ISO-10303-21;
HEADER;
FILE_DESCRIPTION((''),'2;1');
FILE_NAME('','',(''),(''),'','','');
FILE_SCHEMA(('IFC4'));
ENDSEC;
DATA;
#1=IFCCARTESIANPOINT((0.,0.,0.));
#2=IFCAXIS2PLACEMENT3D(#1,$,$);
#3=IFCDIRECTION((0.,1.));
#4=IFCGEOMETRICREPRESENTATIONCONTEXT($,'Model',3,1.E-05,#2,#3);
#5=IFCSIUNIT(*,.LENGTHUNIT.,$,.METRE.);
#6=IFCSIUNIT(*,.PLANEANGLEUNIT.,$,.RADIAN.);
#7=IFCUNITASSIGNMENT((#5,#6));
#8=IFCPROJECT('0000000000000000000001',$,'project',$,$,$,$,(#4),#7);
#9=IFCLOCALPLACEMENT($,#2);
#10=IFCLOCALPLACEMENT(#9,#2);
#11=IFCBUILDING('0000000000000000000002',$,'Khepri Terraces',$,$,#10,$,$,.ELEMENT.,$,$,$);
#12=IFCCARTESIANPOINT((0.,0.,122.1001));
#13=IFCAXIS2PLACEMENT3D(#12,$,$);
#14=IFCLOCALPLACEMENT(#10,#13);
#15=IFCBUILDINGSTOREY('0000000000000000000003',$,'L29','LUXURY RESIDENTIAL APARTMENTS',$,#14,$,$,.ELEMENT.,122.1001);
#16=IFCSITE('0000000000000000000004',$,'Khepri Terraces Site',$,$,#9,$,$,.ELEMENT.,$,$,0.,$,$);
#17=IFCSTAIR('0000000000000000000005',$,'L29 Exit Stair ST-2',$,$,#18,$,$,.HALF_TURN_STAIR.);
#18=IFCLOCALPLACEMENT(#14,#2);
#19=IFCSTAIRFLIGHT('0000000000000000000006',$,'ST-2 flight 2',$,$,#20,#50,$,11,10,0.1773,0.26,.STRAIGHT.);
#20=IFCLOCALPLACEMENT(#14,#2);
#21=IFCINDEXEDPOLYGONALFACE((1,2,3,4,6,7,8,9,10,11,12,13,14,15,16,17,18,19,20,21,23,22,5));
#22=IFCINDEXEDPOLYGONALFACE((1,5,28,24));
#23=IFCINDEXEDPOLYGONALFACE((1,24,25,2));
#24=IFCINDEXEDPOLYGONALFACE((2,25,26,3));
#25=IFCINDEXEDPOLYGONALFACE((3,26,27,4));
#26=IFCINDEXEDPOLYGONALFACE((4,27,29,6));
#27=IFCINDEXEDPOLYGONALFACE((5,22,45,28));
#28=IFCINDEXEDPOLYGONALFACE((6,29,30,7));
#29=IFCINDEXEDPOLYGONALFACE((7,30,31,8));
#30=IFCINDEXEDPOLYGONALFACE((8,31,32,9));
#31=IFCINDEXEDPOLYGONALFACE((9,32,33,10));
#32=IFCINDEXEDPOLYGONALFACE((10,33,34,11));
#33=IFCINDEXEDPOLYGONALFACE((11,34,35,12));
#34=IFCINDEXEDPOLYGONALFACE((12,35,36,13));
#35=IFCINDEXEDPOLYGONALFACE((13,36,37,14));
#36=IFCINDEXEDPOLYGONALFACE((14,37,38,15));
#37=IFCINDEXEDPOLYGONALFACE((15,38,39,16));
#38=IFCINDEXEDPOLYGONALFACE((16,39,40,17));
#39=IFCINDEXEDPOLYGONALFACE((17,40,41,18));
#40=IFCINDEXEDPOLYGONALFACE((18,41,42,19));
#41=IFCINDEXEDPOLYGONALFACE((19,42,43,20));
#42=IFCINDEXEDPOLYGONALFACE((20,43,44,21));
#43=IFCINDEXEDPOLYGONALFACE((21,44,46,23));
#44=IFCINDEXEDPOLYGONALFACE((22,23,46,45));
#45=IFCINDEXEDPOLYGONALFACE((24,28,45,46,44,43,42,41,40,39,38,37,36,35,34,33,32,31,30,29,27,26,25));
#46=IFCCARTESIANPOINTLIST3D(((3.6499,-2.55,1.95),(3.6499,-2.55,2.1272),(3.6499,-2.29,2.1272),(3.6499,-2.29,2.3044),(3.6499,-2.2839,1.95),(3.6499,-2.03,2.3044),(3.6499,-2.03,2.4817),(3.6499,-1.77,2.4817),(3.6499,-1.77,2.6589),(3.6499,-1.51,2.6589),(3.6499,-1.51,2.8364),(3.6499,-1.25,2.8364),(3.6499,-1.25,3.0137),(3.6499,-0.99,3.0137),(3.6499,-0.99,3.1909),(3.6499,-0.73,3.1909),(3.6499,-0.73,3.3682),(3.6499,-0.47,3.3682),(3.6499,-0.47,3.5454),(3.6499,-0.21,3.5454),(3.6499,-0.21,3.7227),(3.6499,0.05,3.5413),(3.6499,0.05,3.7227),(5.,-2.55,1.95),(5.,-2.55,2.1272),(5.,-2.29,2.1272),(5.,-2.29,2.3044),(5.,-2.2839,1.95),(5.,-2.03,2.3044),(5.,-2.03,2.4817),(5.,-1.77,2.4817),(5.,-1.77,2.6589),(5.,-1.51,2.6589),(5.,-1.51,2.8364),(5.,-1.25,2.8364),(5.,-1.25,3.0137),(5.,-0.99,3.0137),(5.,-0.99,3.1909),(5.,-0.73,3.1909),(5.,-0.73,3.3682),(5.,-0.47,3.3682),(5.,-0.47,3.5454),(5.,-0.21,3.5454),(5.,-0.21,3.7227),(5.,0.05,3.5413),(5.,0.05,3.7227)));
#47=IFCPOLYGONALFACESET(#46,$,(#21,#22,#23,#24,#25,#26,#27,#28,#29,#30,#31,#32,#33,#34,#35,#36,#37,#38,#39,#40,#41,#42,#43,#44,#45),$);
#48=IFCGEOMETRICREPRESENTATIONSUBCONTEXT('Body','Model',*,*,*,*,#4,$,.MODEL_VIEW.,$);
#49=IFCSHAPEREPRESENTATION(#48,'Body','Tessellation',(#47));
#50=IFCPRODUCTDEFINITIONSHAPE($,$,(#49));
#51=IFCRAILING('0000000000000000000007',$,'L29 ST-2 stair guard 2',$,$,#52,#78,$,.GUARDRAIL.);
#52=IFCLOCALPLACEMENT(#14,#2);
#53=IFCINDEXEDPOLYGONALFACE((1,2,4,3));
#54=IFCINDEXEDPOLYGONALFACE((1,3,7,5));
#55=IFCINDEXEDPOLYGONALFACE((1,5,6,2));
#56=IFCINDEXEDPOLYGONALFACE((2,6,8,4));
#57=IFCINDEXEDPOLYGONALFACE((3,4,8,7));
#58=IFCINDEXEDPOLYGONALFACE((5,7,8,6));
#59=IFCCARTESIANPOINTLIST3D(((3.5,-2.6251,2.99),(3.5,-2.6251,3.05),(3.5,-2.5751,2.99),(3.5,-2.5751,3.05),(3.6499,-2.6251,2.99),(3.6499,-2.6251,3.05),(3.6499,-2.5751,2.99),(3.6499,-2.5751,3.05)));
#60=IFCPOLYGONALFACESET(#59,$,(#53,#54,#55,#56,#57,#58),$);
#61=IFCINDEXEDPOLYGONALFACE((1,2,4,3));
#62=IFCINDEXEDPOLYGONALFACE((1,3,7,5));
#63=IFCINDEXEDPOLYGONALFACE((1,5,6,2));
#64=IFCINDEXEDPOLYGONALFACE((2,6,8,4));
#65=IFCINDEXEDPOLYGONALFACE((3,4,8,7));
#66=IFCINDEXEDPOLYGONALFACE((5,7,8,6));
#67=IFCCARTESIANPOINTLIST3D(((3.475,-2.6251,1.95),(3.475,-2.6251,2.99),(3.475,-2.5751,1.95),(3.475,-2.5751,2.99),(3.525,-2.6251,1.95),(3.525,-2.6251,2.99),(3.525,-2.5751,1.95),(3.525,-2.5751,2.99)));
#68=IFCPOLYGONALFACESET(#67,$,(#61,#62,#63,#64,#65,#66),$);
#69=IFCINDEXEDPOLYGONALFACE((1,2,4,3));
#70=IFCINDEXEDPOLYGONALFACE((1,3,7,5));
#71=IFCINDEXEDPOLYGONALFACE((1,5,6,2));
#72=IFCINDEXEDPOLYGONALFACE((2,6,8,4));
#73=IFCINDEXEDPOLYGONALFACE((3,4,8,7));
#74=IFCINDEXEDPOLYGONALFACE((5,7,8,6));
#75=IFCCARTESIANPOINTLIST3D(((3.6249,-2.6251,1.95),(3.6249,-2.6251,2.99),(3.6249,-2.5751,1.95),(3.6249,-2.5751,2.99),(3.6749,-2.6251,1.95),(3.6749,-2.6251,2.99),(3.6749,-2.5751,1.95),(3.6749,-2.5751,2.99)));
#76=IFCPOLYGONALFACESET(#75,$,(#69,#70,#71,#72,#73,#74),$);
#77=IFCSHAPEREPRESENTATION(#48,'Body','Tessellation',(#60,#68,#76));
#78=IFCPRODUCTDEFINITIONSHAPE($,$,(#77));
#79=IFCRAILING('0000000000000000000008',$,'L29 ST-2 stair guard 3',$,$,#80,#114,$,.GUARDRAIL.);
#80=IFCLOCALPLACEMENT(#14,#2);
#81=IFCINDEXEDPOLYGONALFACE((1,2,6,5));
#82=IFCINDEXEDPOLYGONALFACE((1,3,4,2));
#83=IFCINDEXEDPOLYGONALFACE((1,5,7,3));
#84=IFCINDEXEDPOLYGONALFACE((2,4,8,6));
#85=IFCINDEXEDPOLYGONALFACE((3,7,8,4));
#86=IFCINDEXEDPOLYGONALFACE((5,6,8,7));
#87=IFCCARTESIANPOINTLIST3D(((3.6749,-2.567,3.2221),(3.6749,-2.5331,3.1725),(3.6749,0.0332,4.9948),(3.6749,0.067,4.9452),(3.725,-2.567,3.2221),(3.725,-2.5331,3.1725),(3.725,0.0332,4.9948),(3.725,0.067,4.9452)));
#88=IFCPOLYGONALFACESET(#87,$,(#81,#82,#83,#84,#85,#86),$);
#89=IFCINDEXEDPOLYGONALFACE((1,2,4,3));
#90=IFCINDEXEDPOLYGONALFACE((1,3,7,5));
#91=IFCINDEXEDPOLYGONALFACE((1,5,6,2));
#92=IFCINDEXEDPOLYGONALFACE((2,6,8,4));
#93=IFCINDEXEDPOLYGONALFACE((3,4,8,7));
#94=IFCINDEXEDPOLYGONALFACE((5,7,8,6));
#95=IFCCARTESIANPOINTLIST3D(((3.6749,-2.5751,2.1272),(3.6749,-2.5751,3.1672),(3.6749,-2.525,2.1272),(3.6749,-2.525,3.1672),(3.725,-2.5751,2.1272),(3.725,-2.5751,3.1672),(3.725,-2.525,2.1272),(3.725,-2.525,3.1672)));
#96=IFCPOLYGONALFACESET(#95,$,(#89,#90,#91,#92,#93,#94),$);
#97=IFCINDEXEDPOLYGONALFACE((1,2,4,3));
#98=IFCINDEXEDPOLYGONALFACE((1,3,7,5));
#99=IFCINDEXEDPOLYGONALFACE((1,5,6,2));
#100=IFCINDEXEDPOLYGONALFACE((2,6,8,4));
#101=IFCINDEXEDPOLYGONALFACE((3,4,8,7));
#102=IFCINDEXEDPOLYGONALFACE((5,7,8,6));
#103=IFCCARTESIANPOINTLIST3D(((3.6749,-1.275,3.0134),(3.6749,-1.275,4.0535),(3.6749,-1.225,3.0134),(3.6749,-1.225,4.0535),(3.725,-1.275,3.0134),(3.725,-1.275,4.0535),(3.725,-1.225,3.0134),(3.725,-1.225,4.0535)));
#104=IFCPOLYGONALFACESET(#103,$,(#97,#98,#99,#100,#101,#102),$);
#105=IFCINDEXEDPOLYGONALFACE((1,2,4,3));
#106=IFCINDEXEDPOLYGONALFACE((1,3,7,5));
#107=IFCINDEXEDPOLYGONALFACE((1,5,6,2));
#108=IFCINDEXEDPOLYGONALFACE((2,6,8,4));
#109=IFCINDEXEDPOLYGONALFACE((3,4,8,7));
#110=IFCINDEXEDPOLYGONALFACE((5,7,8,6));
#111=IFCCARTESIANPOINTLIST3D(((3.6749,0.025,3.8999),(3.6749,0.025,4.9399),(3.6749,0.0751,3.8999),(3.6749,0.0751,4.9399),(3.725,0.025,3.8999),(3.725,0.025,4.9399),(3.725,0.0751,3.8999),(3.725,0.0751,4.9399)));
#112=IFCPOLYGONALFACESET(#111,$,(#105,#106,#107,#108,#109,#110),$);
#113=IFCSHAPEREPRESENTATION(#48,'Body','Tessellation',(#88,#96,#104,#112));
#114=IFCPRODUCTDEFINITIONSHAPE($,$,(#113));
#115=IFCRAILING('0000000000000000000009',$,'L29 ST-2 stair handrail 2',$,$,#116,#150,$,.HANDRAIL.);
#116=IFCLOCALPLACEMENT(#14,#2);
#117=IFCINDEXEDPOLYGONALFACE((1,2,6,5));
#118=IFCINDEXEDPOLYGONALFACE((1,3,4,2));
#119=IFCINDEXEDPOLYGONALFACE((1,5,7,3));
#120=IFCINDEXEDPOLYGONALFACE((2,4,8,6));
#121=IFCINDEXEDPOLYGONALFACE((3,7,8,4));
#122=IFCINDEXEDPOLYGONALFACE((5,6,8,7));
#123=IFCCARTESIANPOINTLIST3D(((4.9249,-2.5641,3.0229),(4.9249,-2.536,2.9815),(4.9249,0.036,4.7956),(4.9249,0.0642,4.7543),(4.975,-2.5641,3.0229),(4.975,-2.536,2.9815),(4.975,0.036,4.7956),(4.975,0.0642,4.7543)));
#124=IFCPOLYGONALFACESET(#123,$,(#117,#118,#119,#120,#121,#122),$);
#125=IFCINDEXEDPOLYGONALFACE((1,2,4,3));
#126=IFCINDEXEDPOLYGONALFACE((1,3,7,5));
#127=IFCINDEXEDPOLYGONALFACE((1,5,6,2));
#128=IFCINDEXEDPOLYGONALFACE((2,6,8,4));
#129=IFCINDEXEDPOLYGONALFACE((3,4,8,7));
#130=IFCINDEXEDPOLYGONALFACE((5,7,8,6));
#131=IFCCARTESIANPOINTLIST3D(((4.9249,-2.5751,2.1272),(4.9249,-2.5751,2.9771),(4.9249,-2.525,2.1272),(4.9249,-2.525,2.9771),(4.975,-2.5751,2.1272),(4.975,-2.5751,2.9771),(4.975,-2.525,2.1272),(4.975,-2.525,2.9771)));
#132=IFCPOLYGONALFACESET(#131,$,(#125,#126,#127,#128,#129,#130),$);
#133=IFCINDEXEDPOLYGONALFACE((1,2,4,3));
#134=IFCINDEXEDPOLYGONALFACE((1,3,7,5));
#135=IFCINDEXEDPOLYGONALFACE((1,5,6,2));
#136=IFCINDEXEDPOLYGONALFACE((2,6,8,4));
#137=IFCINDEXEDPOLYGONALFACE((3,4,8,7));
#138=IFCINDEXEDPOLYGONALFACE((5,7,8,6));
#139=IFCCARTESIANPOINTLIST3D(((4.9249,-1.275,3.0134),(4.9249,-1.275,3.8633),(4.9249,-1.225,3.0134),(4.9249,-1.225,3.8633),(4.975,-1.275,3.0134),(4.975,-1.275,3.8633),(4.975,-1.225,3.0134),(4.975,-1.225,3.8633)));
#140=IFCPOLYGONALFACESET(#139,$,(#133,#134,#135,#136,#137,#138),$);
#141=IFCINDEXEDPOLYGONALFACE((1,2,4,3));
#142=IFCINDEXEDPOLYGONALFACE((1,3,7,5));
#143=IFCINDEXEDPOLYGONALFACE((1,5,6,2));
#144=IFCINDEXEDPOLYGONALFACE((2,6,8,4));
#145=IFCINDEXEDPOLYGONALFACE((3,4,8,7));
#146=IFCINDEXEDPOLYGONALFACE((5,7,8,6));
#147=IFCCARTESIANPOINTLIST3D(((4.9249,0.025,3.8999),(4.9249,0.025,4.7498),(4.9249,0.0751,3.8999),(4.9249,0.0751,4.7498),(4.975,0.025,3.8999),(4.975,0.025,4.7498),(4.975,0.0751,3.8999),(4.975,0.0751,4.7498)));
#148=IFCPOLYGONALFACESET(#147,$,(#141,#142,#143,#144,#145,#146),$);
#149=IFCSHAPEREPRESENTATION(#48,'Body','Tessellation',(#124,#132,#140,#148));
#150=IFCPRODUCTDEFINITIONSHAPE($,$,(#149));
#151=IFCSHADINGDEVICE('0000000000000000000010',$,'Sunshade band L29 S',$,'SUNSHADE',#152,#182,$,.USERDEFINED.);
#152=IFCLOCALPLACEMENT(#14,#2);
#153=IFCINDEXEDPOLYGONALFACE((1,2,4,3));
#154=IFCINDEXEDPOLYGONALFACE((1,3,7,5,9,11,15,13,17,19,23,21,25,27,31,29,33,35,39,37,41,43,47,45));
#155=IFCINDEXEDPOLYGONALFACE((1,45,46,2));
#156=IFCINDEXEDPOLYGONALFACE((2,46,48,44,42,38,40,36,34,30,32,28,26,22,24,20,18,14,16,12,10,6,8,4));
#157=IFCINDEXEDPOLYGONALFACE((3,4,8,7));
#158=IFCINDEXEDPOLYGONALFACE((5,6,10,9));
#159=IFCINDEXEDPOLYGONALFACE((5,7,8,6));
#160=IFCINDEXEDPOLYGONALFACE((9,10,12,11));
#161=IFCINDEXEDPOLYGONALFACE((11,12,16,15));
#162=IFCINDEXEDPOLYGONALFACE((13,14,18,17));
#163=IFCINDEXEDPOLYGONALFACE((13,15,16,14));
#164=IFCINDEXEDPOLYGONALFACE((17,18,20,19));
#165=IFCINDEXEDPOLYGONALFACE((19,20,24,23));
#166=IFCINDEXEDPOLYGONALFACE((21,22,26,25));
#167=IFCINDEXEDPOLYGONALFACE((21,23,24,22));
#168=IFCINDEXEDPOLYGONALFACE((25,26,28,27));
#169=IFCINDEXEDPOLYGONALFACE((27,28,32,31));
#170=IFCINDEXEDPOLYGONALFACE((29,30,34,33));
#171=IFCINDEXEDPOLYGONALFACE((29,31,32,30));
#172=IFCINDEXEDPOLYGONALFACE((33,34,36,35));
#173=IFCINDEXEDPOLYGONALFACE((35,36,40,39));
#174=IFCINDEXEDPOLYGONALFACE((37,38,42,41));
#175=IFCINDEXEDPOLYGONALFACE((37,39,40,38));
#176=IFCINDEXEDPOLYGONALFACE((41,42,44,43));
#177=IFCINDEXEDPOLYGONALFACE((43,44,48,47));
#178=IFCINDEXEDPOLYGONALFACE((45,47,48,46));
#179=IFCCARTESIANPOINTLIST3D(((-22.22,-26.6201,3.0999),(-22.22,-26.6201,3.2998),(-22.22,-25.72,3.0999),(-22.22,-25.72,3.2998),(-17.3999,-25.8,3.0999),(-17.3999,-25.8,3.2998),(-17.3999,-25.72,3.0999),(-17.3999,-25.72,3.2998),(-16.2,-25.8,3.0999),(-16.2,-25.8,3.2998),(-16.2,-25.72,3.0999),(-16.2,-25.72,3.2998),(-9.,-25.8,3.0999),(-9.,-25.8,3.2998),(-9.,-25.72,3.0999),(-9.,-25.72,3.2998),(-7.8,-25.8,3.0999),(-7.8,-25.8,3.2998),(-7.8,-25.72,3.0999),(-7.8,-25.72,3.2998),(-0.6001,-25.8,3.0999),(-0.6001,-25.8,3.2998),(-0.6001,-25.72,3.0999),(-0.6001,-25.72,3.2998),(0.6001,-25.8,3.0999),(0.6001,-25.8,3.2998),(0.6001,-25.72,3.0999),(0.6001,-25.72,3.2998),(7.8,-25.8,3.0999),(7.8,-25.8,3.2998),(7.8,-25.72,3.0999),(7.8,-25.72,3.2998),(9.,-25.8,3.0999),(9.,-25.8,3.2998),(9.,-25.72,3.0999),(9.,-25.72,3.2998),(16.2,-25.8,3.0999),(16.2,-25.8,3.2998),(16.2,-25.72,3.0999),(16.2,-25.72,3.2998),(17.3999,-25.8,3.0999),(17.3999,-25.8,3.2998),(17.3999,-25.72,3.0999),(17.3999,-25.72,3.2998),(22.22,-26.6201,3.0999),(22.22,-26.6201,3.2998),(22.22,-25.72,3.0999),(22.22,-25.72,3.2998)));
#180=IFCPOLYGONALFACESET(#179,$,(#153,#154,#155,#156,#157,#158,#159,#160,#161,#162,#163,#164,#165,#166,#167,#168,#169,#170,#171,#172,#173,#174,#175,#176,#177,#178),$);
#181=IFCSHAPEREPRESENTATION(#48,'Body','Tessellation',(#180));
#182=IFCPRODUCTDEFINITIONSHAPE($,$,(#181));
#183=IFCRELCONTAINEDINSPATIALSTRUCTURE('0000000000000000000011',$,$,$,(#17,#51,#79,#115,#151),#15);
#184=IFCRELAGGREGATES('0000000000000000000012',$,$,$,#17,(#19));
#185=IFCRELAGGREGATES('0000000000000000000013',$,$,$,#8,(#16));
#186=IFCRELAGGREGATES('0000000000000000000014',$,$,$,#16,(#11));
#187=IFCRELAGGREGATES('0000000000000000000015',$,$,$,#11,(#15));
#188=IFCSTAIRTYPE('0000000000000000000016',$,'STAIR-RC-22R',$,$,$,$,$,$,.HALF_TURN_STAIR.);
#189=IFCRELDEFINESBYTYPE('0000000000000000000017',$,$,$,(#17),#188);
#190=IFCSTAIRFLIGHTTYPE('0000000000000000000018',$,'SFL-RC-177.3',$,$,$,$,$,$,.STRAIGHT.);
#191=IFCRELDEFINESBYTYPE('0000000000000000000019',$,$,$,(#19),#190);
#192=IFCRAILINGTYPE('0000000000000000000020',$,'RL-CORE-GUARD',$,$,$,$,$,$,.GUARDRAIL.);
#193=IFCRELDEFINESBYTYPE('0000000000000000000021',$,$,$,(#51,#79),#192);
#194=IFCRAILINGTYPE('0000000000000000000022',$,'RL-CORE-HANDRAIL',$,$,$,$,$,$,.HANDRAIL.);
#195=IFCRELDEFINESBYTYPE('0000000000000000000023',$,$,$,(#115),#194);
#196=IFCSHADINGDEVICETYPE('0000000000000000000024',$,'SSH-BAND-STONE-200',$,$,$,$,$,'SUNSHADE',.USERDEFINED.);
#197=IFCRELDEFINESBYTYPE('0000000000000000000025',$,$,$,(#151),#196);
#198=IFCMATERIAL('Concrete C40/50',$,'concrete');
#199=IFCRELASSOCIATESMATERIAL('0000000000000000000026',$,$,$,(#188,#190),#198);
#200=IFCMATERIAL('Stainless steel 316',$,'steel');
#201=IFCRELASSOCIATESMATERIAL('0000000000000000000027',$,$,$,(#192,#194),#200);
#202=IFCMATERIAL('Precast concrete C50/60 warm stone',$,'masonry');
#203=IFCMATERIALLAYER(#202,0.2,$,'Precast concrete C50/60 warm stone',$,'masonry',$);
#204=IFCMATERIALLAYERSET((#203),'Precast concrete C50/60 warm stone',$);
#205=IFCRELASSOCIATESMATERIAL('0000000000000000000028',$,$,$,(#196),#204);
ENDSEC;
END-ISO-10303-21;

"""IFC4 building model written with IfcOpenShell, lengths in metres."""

from ifc_helpers import new_model, si_unit, direction, frame, origin, origin_2d, place, context, subcontext, project, spatial, polyline, rectangle, outline, extrude, material, layer, layer_set, type_object, element, aggregate, save


model = new_model("IFC4")

# Units and contexts
model_context = context("Model", 3, precision=1e-05, world=origin(), true_north=direction((0.0, 1.0)))
body_context = subcontext(model_context, "Body", "Model", "MODEL_VIEW")
ifc_project = project(units=[si_unit("LENGTHUNIT", "METRE"), si_unit("PLANEANGLEUNIT", "RADIAN")], contexts=[model_context])

# Site, building, storey
site_placement = place(None, origin())
site = spatial("IfcSite", under=ifc_project, at=site_placement, Name="Khepri Terraces Site", CompositionType="ELEMENT", RefElevation=0.0)
building_placement = place(site_placement, origin())
building = spatial("IfcBuilding", under=site, at=building_placement, Name="Khepri Terraces", CompositionType="ELEMENT")
storey_placement = place(building_placement, frame((0.0, 0.0, 122.1001)))
storey = spatial("IfcBuildingStorey", under=building, at=storey_placement, Name="L29", Description="LUXURY RESIDENTIAL APARTMENTS", CompositionType="ELEMENT", Elevation=122.1001)

# Shared definitions
ifc_material_1 = material(Name="Precast concrete C50/60 warm stone", Category="masonry")

# Stair, stair flight
ifc_material_2 = material(Name="Concrete C40/50", Category="concrete")
stair_type = type_object("IfcStairType", Name="STAIR-RC-22R", PredefinedType="HALF_TURN_STAIR", material=ifc_material_2)
stair_placement = place(storey_placement, origin())
stair = element("IfcStair", 1, at=stair_placement, inside=storey, type_object=stair_type, Name="L29 Exit Stair ST-2", PredefinedType="HALF_TURN_STAIR")
stair_flight_type = type_object("IfcStairFlightType", Name="SFL-RC-177.3", PredefinedType="STRAIGHT", material=ifc_material_2)
stair_flight_placement = place(storey_placement, frame((4.325, -2.55, 1.95), z_axis=(0.0, 0.0, 1.0), x_axis=(0.0, 1.0, 0.0)))
stair_flight = element("IfcStairFlight", 2, at=stair_flight_placement, type_object=stair_flight_type, Name="ST-2 flight 2", NumberOfRisers=11, NumberOfTreads=10, PredefinedType="STRAIGHT", RiserHeight=0.1773, TreadLength=0.26, context=body_context, shape_type="SweptSolid", body=[
    extrude(outline(polyline([(0.0, 0.0), (0.0, 0.1772), (0.26, 0.1772), (0.26, 0.3545), (0.52, 0.3545), (0.52, 0.5317), (0.78, 0.5317), (0.78, 0.709), (1.04, 0.709), (1.04, 0.8865), (1.3, 0.8865), (1.3, 1.0637), (1.5601, 1.0637), (1.5601, 1.241), (1.8201, 1.241), (1.8201, 1.4182), (2.0801, 1.4182), (2.0801, 1.5955), (2.3401, 1.5955), (2.3401, 1.7727), (2.6001, 1.7727), (2.6001, 1.95), (2.6001, 1.5913), (0.2661, 0.0), (0.0, 0.0)])), frame((0.0, 0.675, 0.0), z_axis=(0.0, -1.0, 0.0), x_axis=(1.0, 0.0, 0.0)), (0.0, 0.0, 1.0), 1.3501),
])
aggregate(stair, [stair_flight])

# Railings
ifc_material_3 = material(Name="Stainless steel 316", Category="steel")
railing_type_1 = type_object("IfcRailingType", Name="RL-CORE-GUARD", PredefinedType="GUARDRAIL", material=ifc_material_3)
railing_1_placement = place(storey_placement, frame((3.5, -2.6001, 1.95)))
element("IfcRailing", 3, at=railing_1_placement, inside=storey, type_object=railing_type_1, Name="L29 ST-2 stair guard 2", PredefinedType="GUARDRAIL", context=body_context, shape_type="SweptSolid", body=[
    extrude(rectangle(XDim=0.05, YDim=0.0601, at=origin_2d()), frame((0.0, 0.0, 1.0701), z_axis=(1.0, 0.0, 0.0), x_axis=(0.0, 1.0, 0.0)), (0.0, 0.0, 1.0), 0.1499),
    extrude(rectangle(XDim=0.05, YDim=0.05, at=origin_2d()), origin(), (0.0, 0.0, 1.0), 1.04),
    extrude(rectangle(XDim=0.05, YDim=0.05, at=origin_2d()), frame((0.1499, 0.0, 0.0)), (0.0, 0.0, 1.0), 1.04),
])
railing_2_placement = place(storey_placement, frame((3.7, -2.55, 2.1272)))
element("IfcRailing", 4, at=railing_2_placement, inside=storey, type_object=railing_type_1, Name="L29 ST-2 stair guard 3", PredefinedType="GUARDRAIL", context=body_context, shape_type="SweptSolid", body=[
    extrude(rectangle(XDim=0.05, YDim=0.0601, at=origin_2d()), frame((0.0, 0.0, 1.0701), z_axis=(0.0, 0.82624, 0.563318), x_axis=(-1.0, 0.0, 0.0)), (0.0, 0.0, 1.0), 3.147),
    extrude(rectangle(XDim=0.05, YDim=0.05, at=origin_2d()), origin(), (0.0, 0.0, 1.0), 1.04),
    extrude(rectangle(XDim=0.05, YDim=0.05, at=origin_2d()), frame((0.0, 1.3, 0.8862)), (0.0, 0.0, 1.0), 1.04),
    extrude(rectangle(XDim=0.05, YDim=0.05, at=origin_2d()), frame((0.0, 2.6001, 1.7727)), (0.0, 0.0, 1.0), 1.04),
])
railing_type_2 = type_object("IfcRailingType", Name="RL-CORE-HANDRAIL", PredefinedType="HANDRAIL", material=ifc_material_3)
railing_3_placement = place(storey_placement, frame((4.95, -2.55, 2.1272)))
element("IfcRailing", 5, at=railing_3_placement, inside=storey, type_object=railing_type_2, Name="L29 ST-2 stair handrail 2", PredefinedType="HANDRAIL", context=body_context, shape_type="SweptSolid", body=[
    extrude(rectangle(XDim=0.05, YDim=0.05, at=origin_2d()), frame((0.0, 0.0, 0.875), z_axis=(0.0, 0.82624, 0.563318), x_axis=(-1.0, 0.0, 0.0)), (0.0, 0.0, 1.0), 3.147),
    extrude(rectangle(XDim=0.05, YDim=0.05, at=origin_2d()), origin(), (0.0, 0.0, 1.0), 0.8499),
    extrude(rectangle(XDim=0.05, YDim=0.05, at=origin_2d()), frame((0.0, 1.3, 0.8862)), (0.0, 0.0, 1.0), 0.8499),
    extrude(rectangle(XDim=0.05, YDim=0.05, at=origin_2d()), frame((0.0, 2.6001, 1.7727)), (0.0, 0.0, 1.0), 0.8499),
])

# Shading device
ifc_layer_1 = layer(ifc_material_1, 0.2, Name="Precast concrete C50/60 warm stone", Category="masonry")
ifc_layer_set_1 = layer_set([ifc_layer_1], Name="Precast concrete C50/60 warm stone")
shading_device_type_1 = type_object("IfcShadingDeviceType", Name="SSH-BAND-STONE-200", ElementType="SUNSHADE", PredefinedType="USERDEFINED", material=ifc_layer_set_1)
shading_device_1_placement = place(storey_placement, frame((0.0, 0.0, 3.0999)))
element("IfcShadingDevice", 6, at=shading_device_1_placement, inside=storey, type_object=shading_device_type_1, Name="Sunshade band L29 S", ObjectType="SUNSHADE", PredefinedType="USERDEFINED", context=body_context, shape_type="SweptSolid", body=[
    extrude(outline(polyline([(-17.3999, -25.72), (-22.22, -25.72), (-22.22, -26.6201), (22.22, -26.6201), (22.22, -25.72), (17.3999, -25.72), (17.3999, -25.8), (16.2, -25.8), (16.2, -25.72), (9.0, -25.72), (9.0, -25.8), (7.8, -25.8), (7.8, -25.72), (0.6001, -25.72), (0.6001, -25.8), (-0.6001, -25.8), (-0.6001, -25.72), (-7.8, -25.72), (-7.8, -25.8), (-9.0, -25.8), (-9.0, -25.72), (-16.2, -25.72), (-16.2, -25.8), (-17.3999, -25.8), (-17.3999, -25.72)])), origin(), (0.0, 0.0, 1.0), 0.2),
])

save(model, "model.ifc")
